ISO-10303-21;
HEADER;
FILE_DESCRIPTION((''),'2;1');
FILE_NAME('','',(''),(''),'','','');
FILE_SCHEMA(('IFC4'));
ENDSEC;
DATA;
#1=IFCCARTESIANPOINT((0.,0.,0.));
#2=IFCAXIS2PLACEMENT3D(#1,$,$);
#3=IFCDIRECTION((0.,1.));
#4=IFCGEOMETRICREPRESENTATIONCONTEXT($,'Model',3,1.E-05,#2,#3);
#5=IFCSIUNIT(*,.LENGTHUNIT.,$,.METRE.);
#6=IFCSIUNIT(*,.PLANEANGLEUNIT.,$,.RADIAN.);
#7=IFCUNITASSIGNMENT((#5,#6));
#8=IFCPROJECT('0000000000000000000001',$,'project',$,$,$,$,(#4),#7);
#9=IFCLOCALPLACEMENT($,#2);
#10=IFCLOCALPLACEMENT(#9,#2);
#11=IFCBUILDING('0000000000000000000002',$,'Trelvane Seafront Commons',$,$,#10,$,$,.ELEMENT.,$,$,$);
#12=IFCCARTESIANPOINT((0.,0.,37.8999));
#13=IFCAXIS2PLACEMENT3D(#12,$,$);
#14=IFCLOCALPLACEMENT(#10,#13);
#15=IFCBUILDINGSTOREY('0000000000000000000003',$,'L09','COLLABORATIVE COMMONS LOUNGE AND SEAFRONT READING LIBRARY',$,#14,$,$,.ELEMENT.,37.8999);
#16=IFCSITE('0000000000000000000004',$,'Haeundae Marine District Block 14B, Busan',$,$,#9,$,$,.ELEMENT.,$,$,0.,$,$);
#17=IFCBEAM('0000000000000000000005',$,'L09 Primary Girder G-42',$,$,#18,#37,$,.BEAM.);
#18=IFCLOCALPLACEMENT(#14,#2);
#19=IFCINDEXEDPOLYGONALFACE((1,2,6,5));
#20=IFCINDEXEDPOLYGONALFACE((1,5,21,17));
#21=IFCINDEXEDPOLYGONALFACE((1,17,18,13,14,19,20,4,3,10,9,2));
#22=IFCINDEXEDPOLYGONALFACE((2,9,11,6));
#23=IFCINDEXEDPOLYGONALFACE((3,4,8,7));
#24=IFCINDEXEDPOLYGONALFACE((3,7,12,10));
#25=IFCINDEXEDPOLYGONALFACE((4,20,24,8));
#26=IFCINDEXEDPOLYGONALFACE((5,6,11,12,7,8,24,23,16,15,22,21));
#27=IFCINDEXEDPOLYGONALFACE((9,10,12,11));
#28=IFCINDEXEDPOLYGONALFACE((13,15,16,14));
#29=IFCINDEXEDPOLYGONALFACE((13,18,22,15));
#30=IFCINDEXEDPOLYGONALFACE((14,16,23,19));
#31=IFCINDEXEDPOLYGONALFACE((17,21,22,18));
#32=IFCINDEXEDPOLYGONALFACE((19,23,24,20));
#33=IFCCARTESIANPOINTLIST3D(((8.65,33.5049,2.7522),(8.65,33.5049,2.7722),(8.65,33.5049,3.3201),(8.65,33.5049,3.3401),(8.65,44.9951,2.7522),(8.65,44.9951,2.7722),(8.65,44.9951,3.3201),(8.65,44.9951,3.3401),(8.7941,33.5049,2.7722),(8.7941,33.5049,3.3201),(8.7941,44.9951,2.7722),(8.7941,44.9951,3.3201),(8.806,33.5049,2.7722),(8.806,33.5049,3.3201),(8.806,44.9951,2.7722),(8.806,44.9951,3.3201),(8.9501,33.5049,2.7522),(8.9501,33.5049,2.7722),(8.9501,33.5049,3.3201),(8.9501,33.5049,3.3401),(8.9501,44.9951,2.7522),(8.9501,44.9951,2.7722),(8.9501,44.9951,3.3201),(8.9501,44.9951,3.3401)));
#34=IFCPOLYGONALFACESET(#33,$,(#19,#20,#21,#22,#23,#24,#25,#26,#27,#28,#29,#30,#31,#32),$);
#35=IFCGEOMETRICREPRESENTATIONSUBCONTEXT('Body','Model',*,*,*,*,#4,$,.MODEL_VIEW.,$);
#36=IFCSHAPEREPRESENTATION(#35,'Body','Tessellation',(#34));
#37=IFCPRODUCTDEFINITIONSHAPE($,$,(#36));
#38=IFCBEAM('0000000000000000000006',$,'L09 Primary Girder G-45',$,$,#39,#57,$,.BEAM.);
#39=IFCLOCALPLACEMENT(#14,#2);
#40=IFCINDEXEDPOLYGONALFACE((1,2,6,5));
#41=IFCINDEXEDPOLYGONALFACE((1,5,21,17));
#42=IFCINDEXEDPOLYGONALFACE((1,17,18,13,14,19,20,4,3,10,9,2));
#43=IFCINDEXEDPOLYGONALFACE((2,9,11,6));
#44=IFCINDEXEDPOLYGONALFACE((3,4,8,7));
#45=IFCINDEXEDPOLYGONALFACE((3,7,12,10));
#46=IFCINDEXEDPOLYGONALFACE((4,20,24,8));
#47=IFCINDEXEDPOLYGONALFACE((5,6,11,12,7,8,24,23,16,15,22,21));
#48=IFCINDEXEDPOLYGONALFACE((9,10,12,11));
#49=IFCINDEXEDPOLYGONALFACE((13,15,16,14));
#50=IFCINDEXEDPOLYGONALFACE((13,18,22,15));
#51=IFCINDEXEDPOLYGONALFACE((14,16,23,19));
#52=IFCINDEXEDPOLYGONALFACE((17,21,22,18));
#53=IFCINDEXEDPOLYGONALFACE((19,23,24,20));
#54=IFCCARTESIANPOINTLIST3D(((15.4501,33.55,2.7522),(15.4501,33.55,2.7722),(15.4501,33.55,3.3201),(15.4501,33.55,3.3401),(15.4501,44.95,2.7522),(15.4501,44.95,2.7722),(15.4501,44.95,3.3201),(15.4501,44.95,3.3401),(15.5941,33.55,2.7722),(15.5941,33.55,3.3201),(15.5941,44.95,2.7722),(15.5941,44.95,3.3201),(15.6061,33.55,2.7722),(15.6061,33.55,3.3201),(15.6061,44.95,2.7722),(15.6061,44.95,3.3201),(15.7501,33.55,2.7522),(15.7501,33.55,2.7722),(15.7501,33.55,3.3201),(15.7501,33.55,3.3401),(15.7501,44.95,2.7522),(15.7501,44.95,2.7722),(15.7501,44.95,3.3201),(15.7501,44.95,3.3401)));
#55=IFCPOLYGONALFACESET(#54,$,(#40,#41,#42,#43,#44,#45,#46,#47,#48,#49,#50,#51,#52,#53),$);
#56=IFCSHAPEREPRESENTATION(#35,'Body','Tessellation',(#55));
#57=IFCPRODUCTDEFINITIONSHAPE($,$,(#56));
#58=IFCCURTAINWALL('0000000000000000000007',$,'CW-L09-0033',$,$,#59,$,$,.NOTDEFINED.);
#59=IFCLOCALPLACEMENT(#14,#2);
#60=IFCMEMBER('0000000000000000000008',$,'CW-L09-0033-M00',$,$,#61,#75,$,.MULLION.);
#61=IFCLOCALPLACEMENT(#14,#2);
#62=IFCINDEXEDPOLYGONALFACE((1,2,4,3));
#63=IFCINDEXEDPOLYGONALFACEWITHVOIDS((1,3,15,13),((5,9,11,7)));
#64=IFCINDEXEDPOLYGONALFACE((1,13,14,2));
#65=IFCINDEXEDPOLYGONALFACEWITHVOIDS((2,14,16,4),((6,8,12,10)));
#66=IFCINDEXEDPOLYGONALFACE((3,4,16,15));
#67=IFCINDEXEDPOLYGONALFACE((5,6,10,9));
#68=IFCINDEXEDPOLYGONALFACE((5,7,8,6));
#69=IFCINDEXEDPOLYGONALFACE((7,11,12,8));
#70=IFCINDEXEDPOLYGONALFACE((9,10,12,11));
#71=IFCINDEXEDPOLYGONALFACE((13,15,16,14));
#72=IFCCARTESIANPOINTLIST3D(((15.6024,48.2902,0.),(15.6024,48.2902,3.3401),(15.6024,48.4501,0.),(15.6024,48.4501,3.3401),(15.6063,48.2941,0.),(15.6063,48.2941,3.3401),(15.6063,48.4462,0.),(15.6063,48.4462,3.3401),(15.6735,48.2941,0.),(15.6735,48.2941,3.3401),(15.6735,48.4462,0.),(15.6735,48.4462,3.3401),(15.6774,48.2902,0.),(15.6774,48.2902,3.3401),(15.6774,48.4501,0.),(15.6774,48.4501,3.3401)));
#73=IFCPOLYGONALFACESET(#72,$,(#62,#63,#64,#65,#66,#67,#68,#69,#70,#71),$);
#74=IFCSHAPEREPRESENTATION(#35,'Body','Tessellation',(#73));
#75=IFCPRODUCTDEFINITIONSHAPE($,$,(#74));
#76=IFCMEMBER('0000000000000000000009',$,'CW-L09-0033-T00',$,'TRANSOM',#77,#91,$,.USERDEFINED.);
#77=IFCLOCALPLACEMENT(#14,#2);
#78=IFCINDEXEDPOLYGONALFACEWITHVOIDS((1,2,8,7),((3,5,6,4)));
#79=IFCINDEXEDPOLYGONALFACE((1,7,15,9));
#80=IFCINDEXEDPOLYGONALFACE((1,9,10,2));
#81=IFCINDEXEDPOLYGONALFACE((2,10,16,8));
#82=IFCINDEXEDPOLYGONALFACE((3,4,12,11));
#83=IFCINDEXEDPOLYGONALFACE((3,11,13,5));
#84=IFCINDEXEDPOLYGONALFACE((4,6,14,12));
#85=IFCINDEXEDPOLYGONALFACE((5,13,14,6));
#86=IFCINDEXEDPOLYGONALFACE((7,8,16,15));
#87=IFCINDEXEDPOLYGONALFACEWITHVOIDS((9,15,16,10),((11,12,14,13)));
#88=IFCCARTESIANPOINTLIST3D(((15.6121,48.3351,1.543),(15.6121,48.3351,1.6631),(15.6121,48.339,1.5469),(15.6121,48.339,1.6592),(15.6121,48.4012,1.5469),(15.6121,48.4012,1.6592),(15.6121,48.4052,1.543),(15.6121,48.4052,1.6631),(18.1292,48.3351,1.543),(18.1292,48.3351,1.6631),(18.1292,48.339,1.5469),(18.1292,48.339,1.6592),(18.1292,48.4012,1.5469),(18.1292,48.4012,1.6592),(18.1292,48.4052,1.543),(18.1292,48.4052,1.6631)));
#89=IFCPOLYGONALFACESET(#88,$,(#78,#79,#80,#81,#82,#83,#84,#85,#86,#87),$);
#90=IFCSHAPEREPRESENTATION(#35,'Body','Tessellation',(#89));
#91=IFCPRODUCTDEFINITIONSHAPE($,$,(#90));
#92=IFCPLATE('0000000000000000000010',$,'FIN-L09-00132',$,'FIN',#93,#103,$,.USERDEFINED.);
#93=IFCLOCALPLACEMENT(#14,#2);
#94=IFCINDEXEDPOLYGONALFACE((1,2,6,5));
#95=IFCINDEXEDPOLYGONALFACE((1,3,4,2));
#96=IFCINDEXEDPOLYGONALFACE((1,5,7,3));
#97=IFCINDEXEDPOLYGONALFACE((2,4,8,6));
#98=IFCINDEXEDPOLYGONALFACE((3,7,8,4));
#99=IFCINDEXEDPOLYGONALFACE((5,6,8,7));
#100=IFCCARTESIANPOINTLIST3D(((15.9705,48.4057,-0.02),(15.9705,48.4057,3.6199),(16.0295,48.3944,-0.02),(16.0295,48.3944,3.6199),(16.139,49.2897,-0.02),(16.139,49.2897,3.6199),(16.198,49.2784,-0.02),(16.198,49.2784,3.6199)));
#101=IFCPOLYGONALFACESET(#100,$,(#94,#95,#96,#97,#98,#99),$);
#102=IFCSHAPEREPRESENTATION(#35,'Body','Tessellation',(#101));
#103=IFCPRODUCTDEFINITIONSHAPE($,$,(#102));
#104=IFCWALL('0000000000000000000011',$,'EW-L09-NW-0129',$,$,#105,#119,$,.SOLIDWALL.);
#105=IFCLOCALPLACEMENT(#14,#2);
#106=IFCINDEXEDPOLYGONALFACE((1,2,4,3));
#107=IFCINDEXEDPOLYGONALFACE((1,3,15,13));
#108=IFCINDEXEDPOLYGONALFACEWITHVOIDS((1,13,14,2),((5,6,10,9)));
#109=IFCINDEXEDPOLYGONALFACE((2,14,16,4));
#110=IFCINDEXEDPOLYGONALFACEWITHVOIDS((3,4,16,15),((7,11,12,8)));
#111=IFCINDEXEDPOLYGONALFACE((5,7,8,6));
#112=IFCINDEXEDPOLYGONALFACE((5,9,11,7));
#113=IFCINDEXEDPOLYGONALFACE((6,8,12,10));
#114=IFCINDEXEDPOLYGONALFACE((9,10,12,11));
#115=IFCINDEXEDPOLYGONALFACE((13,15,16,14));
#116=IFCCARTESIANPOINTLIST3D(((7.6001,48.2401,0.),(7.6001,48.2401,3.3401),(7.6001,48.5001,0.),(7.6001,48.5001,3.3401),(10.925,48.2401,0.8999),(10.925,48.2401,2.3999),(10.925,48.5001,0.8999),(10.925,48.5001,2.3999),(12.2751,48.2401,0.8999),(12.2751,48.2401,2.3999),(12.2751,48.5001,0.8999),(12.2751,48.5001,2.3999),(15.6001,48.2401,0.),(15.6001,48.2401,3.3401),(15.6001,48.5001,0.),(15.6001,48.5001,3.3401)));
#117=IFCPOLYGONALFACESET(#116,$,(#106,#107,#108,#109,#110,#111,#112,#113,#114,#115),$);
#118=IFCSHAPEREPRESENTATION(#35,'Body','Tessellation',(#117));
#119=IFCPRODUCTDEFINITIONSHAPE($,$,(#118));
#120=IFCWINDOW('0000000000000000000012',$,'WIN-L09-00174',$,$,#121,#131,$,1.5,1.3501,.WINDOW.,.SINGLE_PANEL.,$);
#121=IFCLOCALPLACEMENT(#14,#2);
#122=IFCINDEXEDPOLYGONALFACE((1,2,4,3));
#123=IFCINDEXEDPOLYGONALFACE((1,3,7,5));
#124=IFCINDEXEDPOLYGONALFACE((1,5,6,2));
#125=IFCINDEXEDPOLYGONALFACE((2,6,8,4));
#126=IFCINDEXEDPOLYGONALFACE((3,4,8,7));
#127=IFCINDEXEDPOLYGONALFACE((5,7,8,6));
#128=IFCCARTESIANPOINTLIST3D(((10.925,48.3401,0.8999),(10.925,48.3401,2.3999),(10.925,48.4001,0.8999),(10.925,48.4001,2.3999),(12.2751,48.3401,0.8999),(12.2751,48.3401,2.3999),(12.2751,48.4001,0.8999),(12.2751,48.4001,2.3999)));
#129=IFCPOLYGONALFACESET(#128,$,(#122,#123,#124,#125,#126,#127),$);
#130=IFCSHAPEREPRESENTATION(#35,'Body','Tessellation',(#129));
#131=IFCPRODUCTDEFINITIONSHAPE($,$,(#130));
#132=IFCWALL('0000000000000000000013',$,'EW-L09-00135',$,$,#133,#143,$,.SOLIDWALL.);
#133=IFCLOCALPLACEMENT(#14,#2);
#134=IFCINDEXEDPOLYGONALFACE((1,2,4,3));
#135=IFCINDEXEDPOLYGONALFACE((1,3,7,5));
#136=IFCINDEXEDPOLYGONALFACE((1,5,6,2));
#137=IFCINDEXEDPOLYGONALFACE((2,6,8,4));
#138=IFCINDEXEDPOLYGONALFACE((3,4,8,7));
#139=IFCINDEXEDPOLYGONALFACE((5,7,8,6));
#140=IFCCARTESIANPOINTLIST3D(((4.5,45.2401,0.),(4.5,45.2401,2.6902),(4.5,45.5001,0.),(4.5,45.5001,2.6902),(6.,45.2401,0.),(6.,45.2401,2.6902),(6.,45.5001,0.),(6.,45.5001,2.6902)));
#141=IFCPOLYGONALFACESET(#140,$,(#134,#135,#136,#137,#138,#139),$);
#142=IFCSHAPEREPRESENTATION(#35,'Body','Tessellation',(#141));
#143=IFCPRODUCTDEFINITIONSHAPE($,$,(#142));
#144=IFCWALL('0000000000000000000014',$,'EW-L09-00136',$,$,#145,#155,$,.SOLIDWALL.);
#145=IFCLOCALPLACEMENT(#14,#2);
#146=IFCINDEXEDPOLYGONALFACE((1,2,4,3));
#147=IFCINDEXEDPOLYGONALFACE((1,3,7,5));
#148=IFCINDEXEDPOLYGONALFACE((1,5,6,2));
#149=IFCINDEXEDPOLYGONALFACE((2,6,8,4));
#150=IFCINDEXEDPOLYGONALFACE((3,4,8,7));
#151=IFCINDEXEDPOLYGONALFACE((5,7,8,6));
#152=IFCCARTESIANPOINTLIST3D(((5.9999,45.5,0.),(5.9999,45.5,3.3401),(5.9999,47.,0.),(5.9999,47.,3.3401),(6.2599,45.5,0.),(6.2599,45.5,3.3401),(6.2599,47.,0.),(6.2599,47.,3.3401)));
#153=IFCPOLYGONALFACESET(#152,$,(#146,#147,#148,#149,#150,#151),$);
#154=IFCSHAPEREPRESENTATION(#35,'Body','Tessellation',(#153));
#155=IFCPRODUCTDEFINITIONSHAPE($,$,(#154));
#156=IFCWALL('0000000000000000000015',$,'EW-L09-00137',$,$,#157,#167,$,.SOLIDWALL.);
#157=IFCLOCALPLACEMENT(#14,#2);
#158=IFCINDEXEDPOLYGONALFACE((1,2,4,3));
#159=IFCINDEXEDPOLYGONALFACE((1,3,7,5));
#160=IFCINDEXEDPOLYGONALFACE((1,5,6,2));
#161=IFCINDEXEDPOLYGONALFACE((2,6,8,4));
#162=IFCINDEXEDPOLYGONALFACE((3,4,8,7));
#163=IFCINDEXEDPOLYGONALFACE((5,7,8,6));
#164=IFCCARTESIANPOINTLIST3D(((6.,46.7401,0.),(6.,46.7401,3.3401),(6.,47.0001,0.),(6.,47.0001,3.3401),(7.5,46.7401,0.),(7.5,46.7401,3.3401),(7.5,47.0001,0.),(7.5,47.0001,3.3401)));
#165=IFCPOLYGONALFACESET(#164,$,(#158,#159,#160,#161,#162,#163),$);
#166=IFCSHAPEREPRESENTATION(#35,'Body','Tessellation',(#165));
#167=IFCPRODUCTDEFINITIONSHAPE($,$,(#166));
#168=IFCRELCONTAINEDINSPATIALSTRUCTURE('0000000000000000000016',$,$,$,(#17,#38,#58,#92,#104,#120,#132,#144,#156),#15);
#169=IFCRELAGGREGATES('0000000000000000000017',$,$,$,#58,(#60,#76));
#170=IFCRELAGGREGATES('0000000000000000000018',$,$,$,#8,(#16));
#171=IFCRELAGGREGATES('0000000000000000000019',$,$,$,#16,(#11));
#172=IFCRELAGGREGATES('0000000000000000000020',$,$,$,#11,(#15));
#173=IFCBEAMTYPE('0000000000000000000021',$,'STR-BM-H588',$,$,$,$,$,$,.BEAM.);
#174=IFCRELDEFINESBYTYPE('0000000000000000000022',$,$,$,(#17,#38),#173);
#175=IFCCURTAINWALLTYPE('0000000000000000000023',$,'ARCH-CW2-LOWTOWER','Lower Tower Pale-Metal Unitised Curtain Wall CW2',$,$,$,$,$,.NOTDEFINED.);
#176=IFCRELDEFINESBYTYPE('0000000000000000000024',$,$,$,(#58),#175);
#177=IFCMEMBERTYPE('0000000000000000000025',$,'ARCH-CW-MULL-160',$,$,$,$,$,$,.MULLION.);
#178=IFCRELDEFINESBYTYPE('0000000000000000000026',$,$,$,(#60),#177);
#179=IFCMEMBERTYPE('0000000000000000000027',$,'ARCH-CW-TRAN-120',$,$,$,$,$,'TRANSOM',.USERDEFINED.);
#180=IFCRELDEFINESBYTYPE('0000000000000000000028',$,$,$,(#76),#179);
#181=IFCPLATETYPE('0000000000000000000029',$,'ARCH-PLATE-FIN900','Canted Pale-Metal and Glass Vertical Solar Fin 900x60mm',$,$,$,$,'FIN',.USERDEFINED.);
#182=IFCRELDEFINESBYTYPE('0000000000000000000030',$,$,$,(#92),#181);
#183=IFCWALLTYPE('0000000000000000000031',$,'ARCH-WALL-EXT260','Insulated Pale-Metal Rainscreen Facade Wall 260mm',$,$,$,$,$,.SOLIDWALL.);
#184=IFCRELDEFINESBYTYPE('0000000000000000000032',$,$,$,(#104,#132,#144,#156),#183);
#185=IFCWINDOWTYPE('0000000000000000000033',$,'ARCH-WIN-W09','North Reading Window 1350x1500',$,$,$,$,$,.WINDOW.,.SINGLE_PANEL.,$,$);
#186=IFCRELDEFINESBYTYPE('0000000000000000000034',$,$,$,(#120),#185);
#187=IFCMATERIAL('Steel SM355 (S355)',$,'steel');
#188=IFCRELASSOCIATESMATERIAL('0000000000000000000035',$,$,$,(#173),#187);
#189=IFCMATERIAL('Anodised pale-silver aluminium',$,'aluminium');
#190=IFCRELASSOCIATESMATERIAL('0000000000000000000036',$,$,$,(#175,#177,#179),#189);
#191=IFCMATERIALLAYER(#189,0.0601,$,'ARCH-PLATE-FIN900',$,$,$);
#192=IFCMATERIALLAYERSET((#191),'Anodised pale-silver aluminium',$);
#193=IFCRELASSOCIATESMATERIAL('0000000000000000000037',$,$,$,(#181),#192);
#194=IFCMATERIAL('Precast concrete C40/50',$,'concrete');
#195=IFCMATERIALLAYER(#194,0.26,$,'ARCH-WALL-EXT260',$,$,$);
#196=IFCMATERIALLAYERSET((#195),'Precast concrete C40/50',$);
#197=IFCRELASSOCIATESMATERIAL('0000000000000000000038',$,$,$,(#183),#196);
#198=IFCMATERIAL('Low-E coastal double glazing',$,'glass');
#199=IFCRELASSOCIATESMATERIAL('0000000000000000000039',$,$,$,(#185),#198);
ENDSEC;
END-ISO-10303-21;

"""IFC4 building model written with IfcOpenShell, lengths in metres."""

from ifc_helpers import new_model, si_unit, direction, frame, frame_2d, origin, origin_2d, place, context, subcontext, project, spatial, rectangle, hollow_rectangle, i_section, extrude, source, transform, mapped, material, layer, layer_set, material_profile, profile_set, type_object, element, fill, aggregate, save


model = new_model("IFC4")

# Units and contexts
model_context = context("Model", 3, precision=1e-05, world=origin(), true_north=direction((0.0, 1.0)))
body_context = subcontext(model_context, "Body", "Model", "MODEL_VIEW")
ifc_project = project(units=[si_unit("LENGTHUNIT", "METRE"), si_unit("PLANEANGLEUNIT", "RADIAN")], contexts=[model_context])

# Site, building, storey
site_placement = place(None, origin())
site = spatial("IfcSite", under=ifc_project, at=site_placement, Name="Haeundae Marine District Block 14B, Busan", CompositionType="ELEMENT", RefElevation=0.0)
building_placement = place(site_placement, origin())
building = spatial("IfcBuilding", under=site, at=building_placement, Name="Trelvane Seafront Commons", CompositionType="ELEMENT")
storey_placement = place(building_placement, frame((0.0, 0.0, 37.8999)))
storey = spatial("IfcBuildingStorey", under=building, at=storey_placement, Name="L09", Description="COLLABORATIVE COMMONS LOUNGE AND SEAFRONT READING LIBRARY", CompositionType="ELEMENT", Elevation=37.8999)

# Shared definitions
ifc_material_1 = material(Name="Steel SM355 (S355)", Category="steel")

# Beams
ifc_material_profile_1 = material_profile(ifc_material_1, i_section(OverallWidth=0.3, OverallDepth=0.5879, WebThickness=0.012, FlangeThickness=0.02, at=origin_2d()), Name="H-588x300x12x20")
ifc_profile_set_1 = profile_set([ifc_material_profile_1], Name="Steel SM355 (S355)")
beam_type_1 = type_object("IfcBeamType", Name="STR-BM-H588", PredefinedType="BEAM", material=ifc_profile_set_1)
shared_shape_1 = source(origin(), body_context, "Body", "SweptSolid", [
    extrude(i_section(OverallWidth=0.3, OverallDepth=0.5879, WebThickness=0.012, FlangeThickness=0.02, at=origin_2d()), origin(), (0.0, 0.0, 1.0), 11.4902),
])
for number, where, z_axis, x_axis, name in (
    (1, (8.8, 33.5049, 3.0461), (0.0, 1.0, 0.0), (-1.0, 0.0, 0.0), "L09 Primary Girder G-42"),
):
    element("IfcBeam", number, at=place(storey_placement, frame(where, z_axis=z_axis, x_axis=x_axis)), inside=storey, type_object=beam_type_1, Name=name, PredefinedType="BEAM", context=body_context, shape_type="MappedRepresentation", body=[
        mapped(shared_shape_1, transform((0.0, 0.0, 0.0), x_axis=(1.0, 0.0, 0.0), y_axis=(0.0, 1.0, 0.0), z_axis=(0.0, 0.0, 1.0), scale=1.0)),
    ])
shared_shape_2 = source(origin(), body_context, "Body", "SweptSolid", [
    extrude(i_section(OverallWidth=0.3, OverallDepth=0.5879, WebThickness=0.012, FlangeThickness=0.02, at=origin_2d()), origin(), (0.0, 0.0, 1.0), 11.3999),
])
beam_1_placement = place(storey_placement, frame((15.6001, 33.55, 3.0461), z_axis=(0.0, 1.0, 0.0), x_axis=(-1.0, 0.0, 0.0)))
element("IfcBeam", 2, at=beam_1_placement, inside=storey, type_object=beam_type_1, Name="L09 Primary Girder G-45", PredefinedType="BEAM", context=body_context, shape_type="MappedRepresentation", body=[
    mapped(shared_shape_2, transform((0.0, 0.0, 0.0), x_axis=(1.0, 0.0, 0.0), y_axis=(0.0, 1.0, 0.0), z_axis=(0.0, 0.0, 1.0), scale=1.0)),
])

# Curtain wall, members
ifc_material_2 = material(Name="Anodised pale-silver aluminium", Category="aluminium")
curtain_wall_type = type_object("IfcCurtainWallType", Name="ARCH-CW2-LOWTOWER", Description="Lower Tower Pale-Metal Unitised Curtain Wall CW2", PredefinedType="NOTDEFINED", material=ifc_material_2)
curtain_wall_placement = place(storey_placement, origin())
curtain_wall = element("IfcCurtainWall", 3, at=curtain_wall_placement, inside=storey, type_object=curtain_wall_type, Name="CW-L09-0033", PredefinedType="NOTDEFINED")
ifc_material_profile_2 = material_profile(ifc_material_2, hollow_rectangle(XDim=0.075, YDim=0.1599, WallThickness=0.0039, at=origin_2d()), Name="MULL-75x160x4")
ifc_profile_set_2 = profile_set([ifc_material_profile_2], Name="Anodised pale-silver aluminium")
member_type_1 = type_object("IfcMemberType", Name="ARCH-CW-MULL-160", PredefinedType="MULLION", material=ifc_profile_set_2)
shared_shape_3 = source(origin(), body_context, "Body", "SweptSolid", [
    extrude(hollow_rectangle(XDim=0.075, YDim=0.1599, WallThickness=0.0039, at=origin_2d()), origin(), (0.0, 0.0, 1.0), 3.3401),
])
member_1_placement = place(storey_placement, frame((15.6399, 48.3701, 0.0), z_axis=(0.0, 0.0, 1.0), x_axis=(1.0, 0.0, 0.0)))
member_1 = element("IfcMember", 4, at=member_1_placement, type_object=member_type_1, Name="CW-L09-0033-M00", PredefinedType="MULLION", context=body_context, shape_type="MappedRepresentation", body=[
    mapped(shared_shape_3, transform((0.0, 0.0, 0.0), x_axis=(1.0, 0.0, 0.0), y_axis=(0.0, 1.0, 0.0), z_axis=(0.0, 0.0, 1.0), scale=1.0)),
])
ifc_material_profile_3 = material_profile(ifc_material_2, hollow_rectangle(XDim=0.0701, YDim=0.1201, WallThickness=0.0039, at=origin_2d()), Name="TRAN-70x120x4")
ifc_profile_set_3 = profile_set([ifc_material_profile_3], Name="Anodised pale-silver aluminium")
member_type_2 = type_object("IfcMemberType", Name="ARCH-CW-TRAN-120", ElementType="TRANSOM", PredefinedType="USERDEFINED", material=ifc_profile_set_3)
shared_shape_4 = source(origin(), body_context, "Body", "SweptSolid", [
    extrude(hollow_rectangle(XDim=0.0701, YDim=0.1201, WallThickness=0.0039, at=origin_2d()), origin(), (0.0, 0.0, 1.0), 2.5171),
])
member_2_placement = place(storey_placement, frame((15.6121, 48.3701, 1.603), z_axis=(1.0, 0.0, 0.0), x_axis=(0.0, 1.0, 0.0)))
member_2 = element("IfcMember", 5, at=member_2_placement, type_object=member_type_2, Name="CW-L09-0033-T00", ObjectType="TRANSOM", PredefinedType="USERDEFINED", context=body_context, shape_type="MappedRepresentation", body=[
    mapped(shared_shape_4, transform((0.0, 0.0, 0.0), x_axis=(1.0, 0.0, 0.0), y_axis=(0.0, 1.0, 0.0), z_axis=(0.0, 0.0, 1.0), scale=1.0)),
])
aggregate(curtain_wall, [member_1, member_2])

# Plate
ifc_layer_1 = layer(ifc_material_2, 0.0601, Name="ARCH-PLATE-FIN900")
ifc_layer_set_1 = layer_set([ifc_layer_1], Name="Anodised pale-silver aluminium")
plate_type = type_object("IfcPlateType", Name="ARCH-PLATE-FIN900", Description="Canted Pale-Metal and Glass Vertical Solar Fin 900x60mm", ElementType="FIN", PredefinedType="USERDEFINED", material=ifc_layer_set_1)
shared_shape_5 = source(origin(), body_context, "Body", "SweptSolid", [
    extrude(rectangle(XDim=0.8999, YDim=0.0601, at=origin_2d()), origin(), (0.0, 0.0, 1.0), 3.6399),
])
plate_placement = place(storey_placement, frame((16.0842, 48.842, -0.02), z_axis=(0.0, 0.0, 1.0), x_axis=(0.18722, 0.982318, 0.0)))
element("IfcPlate", 6, at=plate_placement, inside=storey, type_object=plate_type, Name="FIN-L09-00132", ObjectType="FIN", PredefinedType="USERDEFINED", context=body_context, shape_type="MappedRepresentation", body=[
    mapped(shared_shape_5, transform((0.0, 0.0, 0.0), x_axis=(1.0, 0.0, 0.0), y_axis=(0.0, 1.0, 0.0), z_axis=(0.0, 0.0, 1.0), scale=1.0)),
])

# Wall, opening, window
ifc_material_3 = material(Name="Precast concrete C40/50", Category="concrete")
ifc_layer_2 = layer(ifc_material_3, 0.26, Name="ARCH-WALL-EXT260")
ifc_layer_set_2 = layer_set([ifc_layer_2], Name="Precast concrete C40/50")
wall_type_1 = type_object("IfcWallType", Name="ARCH-WALL-EXT260", Description="Insulated Pale-Metal Rainscreen Facade Wall 260mm", PredefinedType="SOLIDWALL", material=ifc_layer_set_2)
wall_1_placement = place(storey_placement, frame((7.6001, 48.3701, 0.0), z_axis=(0.0, 0.0, 1.0), x_axis=(1.0, 0.0, 0.0)))
wall_1 = element("IfcWall", 7, at=wall_1_placement, inside=storey, type_object=wall_type_1, Name="EW-L09-NW-0129", PredefinedType="SOLIDWALL", context=body_context, shape_type="SweptSolid", body=[
    extrude(rectangle(XDim=8.0, YDim=0.26, at=frame_2d((4.0, 0.0))), origin(), (0.0, 0.0, 1.0), 3.3401),
])
opening_1_placement = place(wall_1_placement, frame((3.325, 0.0, 0.8999)))
opening_1 = element("IfcOpeningElement", 8, at=opening_1_placement, cuts=wall_1, PredefinedType="OPENING", context=body_context, shape_type="SweptSolid", body=[
    extrude(rectangle(XDim=1.3501, YDim=1.5, at=frame_2d((0.675, 0.75))), frame((0.0, 0.1399, 0.0), z_axis=(0.0, -1.0, 0.0), x_axis=(1.0, 0.0, 0.0)), (0.0, 0.0, 1.0), 0.28),
])
ifc_material_4 = material(Name="Low-E coastal double glazing", Category="glass")
window_type = type_object("IfcWindowType", Name="ARCH-WIN-W09", Description="North Reading Window 1350x1500", PartitioningType="SINGLE_PANEL", PredefinedType="WINDOW", material=ifc_material_4)
shared_shape_6 = source(origin(), body_context, "Body", "SweptSolid", [
    extrude(rectangle(XDim=1.3501, YDim=1.5, at=frame_2d((0.675, 0.75))), frame((0.0, 0.03, 0.0), z_axis=(0.0, -1.0, 0.0), x_axis=(1.0, 0.0, 0.0)), (0.0, 0.0, 1.0), 0.0601),
])
window_placement = place(opening_1_placement, origin())
window = element("IfcWindow", 9, at=window_placement, inside=storey, type_object=window_type, Name="WIN-L09-00174", OverallHeight=1.5, OverallWidth=1.3501, PartitioningType="SINGLE_PANEL", PredefinedType="WINDOW", context=body_context, shape_type="MappedRepresentation", body=[
    mapped(shared_shape_6, transform((0.0, 0.0, 0.0), x_axis=(1.0, 0.0, 0.0), y_axis=(0.0, 1.0, 0.0), z_axis=(0.0, 0.0, 1.0), scale=1.0)),
])
fill(opening_1, window)

# Walls
wall_2_placement = place(storey_placement, frame((4.5, 45.3701, 0.0), z_axis=(0.0, 0.0, 1.0), x_axis=(1.0, 0.0, 0.0)))
element("IfcWall", 10, at=wall_2_placement, inside=storey, type_object=wall_type_1, Name="EW-L09-00135", PredefinedType="SOLIDWALL", context=body_context, shape_type="SweptSolid", body=[
    extrude(rectangle(XDim=1.5, YDim=0.26, at=frame_2d((0.75, 0.0))), origin(), (0.0, 0.0, 1.0), 2.6902),
])
for number, where, z_axis, x_axis, name in (
    (11, (6.1299, 45.5, 0.0), (0.0, 0.0, 1.0), (0.0, 1.0, 0.0), "EW-L09-00136"),
    (12, (6.0, 46.8701, 0.0), (0.0, 0.0, 1.0), (1.0, 0.0, 0.0), "EW-L09-00137"),
):
    element("IfcWall", number, at=place(storey_placement, frame(where, z_axis=z_axis, x_axis=x_axis)), inside=storey, type_object=wall_type_1, Name=name, PredefinedType="SOLIDWALL", context=body_context, shape_type="SweptSolid", body=[
        extrude(rectangle(XDim=1.5, YDim=0.26, at=frame_2d((0.75, 0.0))), origin(), (0.0, 0.0, 1.0), 3.3401),
    ])

save(model, "model.ifc")
